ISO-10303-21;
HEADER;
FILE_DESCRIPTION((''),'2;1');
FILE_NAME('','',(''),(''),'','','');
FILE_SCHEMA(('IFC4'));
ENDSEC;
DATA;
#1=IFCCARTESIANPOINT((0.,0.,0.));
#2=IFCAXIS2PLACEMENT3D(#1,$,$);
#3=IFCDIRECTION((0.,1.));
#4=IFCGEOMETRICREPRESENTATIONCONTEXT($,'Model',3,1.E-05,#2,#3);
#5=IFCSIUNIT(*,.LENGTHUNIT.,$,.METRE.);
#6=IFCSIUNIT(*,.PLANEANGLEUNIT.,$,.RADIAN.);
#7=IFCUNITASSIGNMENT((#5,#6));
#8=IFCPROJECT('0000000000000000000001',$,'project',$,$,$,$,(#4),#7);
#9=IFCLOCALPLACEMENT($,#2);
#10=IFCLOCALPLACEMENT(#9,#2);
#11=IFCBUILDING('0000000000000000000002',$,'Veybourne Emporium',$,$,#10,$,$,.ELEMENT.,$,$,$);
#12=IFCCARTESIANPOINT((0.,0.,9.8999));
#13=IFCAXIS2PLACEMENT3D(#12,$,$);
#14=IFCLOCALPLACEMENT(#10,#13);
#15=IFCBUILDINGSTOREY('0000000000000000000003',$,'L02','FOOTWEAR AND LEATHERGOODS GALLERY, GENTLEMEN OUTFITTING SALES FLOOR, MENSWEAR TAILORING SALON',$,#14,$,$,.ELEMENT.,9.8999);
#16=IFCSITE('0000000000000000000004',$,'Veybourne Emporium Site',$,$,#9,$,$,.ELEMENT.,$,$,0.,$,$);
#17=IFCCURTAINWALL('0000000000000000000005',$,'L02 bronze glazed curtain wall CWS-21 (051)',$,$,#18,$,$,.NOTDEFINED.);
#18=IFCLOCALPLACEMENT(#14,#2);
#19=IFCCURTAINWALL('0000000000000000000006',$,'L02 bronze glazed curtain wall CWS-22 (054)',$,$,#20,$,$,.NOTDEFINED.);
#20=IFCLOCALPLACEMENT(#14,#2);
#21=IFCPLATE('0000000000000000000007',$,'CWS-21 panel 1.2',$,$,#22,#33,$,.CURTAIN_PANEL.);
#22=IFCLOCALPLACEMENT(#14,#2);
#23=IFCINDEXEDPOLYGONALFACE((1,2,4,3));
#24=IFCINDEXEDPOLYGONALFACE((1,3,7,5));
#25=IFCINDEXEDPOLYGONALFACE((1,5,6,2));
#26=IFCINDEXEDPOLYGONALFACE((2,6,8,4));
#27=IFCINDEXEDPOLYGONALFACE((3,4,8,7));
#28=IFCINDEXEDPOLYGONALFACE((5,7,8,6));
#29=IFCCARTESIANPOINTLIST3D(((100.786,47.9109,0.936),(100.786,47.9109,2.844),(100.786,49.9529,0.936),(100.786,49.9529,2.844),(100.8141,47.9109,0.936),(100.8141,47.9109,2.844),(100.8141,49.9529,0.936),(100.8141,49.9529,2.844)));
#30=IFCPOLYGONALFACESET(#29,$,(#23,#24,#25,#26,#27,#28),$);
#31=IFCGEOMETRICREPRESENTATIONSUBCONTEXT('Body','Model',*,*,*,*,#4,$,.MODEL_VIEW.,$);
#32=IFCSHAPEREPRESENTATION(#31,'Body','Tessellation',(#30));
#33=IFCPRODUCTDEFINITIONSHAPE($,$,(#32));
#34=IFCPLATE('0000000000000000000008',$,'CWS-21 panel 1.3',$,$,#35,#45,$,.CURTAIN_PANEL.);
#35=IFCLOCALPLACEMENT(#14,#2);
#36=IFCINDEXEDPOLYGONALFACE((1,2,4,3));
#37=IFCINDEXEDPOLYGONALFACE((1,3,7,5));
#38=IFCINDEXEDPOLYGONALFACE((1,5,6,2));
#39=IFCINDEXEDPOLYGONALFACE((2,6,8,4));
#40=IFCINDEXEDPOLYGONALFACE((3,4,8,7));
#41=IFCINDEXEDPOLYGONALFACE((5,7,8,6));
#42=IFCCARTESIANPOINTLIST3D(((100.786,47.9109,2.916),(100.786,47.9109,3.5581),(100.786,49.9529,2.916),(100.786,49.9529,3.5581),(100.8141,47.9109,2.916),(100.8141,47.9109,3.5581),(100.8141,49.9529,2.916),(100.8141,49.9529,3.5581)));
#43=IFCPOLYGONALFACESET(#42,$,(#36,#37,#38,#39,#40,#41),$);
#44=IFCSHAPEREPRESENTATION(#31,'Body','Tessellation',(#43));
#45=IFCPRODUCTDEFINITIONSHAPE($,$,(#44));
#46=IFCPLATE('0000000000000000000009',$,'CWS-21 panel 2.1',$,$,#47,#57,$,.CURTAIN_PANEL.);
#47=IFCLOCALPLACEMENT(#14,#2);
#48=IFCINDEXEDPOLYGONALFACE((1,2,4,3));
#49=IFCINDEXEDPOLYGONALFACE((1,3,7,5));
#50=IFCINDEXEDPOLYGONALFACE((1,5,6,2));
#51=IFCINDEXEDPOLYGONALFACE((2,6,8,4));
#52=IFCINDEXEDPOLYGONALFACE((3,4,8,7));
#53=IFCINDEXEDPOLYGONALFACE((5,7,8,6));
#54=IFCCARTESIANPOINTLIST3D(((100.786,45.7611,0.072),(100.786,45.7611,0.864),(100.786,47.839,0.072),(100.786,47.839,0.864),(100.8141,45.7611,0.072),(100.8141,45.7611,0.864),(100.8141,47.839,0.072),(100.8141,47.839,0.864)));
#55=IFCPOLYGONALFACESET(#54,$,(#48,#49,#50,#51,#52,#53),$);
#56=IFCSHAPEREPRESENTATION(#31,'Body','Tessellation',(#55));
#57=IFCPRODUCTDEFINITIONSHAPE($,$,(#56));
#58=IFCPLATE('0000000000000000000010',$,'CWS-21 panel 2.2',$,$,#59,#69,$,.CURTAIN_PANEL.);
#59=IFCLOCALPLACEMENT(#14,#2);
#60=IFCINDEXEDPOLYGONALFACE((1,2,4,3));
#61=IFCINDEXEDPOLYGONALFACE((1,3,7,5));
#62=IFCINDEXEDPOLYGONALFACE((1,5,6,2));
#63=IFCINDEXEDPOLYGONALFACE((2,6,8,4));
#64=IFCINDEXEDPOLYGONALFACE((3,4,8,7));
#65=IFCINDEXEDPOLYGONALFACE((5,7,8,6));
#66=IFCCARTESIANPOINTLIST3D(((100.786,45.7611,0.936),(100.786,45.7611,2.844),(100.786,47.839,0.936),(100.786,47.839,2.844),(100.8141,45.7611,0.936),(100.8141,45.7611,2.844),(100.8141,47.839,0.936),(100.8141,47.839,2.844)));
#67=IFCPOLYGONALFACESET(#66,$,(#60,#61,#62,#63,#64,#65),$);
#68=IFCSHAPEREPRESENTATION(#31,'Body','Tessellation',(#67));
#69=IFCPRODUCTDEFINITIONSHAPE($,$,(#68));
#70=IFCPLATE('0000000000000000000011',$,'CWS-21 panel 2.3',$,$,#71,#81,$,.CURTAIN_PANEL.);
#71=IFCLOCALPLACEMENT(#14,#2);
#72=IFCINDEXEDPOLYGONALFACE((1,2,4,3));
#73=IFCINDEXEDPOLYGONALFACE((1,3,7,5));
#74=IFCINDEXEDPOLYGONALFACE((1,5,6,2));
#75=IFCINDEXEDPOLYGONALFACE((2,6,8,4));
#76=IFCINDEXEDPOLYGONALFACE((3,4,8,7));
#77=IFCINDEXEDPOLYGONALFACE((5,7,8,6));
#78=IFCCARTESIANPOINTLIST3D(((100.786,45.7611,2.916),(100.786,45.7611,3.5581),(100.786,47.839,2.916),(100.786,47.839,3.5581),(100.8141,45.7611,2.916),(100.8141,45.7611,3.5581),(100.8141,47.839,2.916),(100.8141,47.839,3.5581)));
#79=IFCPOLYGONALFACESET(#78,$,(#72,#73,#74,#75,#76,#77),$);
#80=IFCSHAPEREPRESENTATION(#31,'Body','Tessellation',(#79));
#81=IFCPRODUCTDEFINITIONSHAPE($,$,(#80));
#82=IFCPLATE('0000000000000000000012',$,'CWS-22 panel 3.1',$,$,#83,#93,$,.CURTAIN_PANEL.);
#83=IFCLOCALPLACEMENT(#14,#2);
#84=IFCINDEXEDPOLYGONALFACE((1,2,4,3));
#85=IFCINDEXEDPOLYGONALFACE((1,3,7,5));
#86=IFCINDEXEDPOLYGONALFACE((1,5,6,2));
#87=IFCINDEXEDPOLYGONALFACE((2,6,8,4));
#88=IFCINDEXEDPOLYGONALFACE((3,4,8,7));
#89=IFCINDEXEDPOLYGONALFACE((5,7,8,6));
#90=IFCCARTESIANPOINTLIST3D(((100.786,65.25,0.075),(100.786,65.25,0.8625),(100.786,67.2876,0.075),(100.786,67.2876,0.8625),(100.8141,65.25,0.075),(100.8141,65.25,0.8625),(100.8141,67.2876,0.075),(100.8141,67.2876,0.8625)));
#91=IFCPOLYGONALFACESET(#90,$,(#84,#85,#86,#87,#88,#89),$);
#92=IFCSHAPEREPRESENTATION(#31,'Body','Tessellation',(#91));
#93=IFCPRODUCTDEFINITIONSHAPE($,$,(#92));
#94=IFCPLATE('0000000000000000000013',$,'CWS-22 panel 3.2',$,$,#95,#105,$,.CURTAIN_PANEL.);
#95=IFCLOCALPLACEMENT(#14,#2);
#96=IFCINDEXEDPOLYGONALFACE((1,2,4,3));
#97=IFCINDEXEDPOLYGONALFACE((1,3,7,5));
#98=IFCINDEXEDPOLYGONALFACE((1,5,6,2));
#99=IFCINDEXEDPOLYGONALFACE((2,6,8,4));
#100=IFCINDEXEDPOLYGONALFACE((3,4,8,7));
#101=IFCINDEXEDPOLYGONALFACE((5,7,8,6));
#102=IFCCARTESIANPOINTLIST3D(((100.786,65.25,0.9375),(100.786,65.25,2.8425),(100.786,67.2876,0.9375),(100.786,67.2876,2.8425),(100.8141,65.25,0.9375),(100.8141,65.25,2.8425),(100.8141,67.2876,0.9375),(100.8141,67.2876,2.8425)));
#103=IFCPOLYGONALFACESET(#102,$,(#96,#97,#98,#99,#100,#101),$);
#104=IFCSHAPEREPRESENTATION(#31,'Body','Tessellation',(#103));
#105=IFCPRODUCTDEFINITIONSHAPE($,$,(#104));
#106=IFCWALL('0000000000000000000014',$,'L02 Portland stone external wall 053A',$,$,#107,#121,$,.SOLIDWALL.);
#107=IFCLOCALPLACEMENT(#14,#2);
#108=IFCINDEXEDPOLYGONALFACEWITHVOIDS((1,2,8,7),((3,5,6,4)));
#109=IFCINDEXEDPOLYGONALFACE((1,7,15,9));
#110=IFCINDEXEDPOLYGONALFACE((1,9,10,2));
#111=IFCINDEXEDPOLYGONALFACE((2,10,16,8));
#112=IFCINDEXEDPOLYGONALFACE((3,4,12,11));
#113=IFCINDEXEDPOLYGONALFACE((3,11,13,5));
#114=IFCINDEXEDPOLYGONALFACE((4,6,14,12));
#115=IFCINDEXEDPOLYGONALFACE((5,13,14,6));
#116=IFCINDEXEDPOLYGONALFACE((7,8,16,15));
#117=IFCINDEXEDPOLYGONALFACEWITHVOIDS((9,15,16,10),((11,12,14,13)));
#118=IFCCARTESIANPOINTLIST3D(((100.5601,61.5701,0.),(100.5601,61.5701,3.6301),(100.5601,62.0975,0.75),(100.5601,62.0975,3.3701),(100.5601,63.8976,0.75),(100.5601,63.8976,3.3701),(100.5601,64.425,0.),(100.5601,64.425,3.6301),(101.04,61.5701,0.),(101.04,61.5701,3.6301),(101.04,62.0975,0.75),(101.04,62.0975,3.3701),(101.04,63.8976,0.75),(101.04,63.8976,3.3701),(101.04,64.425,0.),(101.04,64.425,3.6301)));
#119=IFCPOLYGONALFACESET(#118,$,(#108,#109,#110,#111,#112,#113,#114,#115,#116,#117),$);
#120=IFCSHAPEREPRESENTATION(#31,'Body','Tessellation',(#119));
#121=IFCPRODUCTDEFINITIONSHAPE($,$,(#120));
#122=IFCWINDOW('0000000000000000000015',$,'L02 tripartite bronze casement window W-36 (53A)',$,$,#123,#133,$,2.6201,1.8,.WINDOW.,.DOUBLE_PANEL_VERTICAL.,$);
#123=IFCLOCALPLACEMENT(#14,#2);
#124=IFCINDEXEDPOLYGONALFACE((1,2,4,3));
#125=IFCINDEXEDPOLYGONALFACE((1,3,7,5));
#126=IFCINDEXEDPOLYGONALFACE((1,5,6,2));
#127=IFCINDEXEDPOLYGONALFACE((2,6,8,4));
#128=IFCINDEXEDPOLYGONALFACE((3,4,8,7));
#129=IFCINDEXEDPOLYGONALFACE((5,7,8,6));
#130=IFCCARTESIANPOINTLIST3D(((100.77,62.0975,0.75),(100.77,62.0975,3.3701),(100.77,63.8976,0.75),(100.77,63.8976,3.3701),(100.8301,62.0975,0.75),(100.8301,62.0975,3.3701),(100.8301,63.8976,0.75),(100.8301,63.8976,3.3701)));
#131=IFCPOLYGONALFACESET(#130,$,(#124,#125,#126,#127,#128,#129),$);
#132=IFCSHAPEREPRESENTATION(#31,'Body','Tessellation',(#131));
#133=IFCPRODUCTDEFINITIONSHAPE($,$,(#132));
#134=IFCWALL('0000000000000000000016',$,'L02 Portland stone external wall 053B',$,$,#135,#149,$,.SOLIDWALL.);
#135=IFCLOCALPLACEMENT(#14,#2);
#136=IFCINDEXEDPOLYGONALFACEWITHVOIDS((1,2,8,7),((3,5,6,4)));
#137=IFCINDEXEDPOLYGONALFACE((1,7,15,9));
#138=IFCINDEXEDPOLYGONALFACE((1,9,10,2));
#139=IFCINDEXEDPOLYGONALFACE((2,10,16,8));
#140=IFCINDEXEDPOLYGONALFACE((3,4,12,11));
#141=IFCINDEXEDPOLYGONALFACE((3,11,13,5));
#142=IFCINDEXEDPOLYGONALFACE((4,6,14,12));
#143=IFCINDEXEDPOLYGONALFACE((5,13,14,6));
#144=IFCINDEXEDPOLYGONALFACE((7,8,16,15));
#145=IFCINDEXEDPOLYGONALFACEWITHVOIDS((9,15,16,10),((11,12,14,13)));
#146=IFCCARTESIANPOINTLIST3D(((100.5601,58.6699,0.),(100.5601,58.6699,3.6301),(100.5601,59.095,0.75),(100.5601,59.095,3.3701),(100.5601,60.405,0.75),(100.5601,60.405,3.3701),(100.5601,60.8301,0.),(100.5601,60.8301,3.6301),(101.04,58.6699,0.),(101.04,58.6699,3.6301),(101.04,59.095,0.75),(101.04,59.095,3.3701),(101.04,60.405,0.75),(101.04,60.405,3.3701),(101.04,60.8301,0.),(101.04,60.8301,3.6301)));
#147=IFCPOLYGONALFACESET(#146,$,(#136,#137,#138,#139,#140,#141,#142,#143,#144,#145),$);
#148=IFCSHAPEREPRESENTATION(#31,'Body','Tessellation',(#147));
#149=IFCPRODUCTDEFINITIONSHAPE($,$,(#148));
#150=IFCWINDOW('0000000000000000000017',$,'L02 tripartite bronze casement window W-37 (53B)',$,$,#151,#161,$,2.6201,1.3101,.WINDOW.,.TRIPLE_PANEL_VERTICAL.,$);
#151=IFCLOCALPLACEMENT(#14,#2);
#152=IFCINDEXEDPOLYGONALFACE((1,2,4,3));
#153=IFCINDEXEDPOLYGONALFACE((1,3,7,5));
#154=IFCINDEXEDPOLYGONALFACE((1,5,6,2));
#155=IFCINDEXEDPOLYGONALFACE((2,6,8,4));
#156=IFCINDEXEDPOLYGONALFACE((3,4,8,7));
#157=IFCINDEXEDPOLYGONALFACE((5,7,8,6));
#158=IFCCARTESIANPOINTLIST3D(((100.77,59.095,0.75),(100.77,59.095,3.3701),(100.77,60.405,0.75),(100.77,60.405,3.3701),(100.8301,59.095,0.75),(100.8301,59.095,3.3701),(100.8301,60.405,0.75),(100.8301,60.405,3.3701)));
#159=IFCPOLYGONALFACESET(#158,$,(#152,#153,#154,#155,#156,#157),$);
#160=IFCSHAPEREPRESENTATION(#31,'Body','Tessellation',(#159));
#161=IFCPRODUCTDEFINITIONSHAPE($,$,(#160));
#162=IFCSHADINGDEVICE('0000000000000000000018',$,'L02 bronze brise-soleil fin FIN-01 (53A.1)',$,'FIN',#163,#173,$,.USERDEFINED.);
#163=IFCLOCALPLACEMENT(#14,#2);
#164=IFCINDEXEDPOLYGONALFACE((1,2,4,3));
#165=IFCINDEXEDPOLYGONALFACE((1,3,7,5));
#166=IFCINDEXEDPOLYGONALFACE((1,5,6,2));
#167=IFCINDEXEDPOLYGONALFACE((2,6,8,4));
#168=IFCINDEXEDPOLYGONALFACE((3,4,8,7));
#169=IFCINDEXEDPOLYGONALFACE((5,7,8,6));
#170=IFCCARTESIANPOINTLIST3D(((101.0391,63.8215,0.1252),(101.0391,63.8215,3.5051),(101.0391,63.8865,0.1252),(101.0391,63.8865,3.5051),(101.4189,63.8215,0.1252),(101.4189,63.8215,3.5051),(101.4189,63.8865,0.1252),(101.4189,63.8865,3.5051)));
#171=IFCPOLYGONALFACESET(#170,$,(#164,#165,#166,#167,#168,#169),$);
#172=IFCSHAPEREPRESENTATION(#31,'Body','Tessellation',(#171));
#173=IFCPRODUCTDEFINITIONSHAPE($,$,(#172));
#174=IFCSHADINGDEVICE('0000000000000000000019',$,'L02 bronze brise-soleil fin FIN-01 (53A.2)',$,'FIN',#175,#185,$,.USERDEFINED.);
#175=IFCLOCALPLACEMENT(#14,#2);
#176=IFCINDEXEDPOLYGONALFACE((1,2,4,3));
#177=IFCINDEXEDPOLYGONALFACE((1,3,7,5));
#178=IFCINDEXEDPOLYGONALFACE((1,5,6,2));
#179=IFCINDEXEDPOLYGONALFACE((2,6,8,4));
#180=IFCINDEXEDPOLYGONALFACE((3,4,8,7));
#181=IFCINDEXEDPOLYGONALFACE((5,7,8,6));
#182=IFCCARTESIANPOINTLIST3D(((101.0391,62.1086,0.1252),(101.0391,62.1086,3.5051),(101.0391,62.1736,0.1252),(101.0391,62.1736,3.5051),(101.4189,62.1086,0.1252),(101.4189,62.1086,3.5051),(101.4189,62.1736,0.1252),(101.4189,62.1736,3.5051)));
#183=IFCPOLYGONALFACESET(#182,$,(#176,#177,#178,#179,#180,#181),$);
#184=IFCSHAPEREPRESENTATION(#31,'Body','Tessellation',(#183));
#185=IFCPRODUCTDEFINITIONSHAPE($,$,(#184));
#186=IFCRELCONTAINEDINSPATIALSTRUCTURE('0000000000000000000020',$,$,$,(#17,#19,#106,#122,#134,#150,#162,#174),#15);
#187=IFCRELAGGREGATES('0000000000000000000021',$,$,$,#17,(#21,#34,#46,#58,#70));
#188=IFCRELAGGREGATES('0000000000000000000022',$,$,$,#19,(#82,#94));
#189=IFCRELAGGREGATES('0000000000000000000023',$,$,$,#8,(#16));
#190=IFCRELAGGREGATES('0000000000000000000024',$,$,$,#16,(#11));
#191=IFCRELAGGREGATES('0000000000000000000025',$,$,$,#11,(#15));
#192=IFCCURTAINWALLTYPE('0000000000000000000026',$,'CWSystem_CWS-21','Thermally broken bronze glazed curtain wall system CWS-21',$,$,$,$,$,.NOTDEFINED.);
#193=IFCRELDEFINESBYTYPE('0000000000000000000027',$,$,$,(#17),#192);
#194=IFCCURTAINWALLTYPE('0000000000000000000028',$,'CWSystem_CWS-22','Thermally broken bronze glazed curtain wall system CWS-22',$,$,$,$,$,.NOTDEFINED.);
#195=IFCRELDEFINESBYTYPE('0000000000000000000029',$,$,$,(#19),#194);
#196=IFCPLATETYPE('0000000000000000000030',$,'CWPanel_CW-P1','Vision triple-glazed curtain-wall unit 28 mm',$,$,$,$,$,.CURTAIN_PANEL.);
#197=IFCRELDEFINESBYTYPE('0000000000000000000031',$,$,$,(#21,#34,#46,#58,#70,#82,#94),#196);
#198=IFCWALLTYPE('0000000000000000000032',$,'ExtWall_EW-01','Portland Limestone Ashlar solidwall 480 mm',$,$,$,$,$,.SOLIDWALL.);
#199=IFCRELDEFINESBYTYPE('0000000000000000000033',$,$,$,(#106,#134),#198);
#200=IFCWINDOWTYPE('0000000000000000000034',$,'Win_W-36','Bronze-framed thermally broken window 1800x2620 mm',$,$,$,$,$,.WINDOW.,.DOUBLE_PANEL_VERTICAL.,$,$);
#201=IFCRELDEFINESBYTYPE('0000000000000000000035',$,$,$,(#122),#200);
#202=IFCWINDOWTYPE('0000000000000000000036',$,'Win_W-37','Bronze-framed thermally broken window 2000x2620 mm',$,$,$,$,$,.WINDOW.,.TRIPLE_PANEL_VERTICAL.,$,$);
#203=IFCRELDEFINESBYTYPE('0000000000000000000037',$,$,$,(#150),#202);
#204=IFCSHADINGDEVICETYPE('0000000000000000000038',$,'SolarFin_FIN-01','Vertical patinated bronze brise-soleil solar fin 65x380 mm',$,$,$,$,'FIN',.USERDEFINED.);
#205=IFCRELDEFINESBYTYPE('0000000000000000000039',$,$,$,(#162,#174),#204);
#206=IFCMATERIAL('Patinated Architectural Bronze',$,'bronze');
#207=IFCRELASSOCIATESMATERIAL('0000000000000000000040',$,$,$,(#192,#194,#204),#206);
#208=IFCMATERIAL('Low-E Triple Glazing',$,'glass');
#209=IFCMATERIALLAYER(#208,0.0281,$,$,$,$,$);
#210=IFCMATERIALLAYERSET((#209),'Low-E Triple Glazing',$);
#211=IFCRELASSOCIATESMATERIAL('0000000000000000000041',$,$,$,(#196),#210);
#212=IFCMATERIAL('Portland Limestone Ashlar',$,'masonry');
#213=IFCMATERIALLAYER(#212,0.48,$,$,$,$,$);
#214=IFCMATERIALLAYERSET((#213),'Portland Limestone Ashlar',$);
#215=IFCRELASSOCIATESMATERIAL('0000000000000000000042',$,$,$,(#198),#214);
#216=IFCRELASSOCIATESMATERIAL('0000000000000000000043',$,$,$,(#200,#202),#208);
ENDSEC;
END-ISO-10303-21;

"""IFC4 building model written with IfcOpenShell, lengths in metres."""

from ifc_helpers import new_model, si_unit, direction, frame, frame_2d, origin, origin_2d, place, context, subcontext, project, spatial, rectangle, extrude, material, layer, layer_set, type_object, element, fill, aggregate, save


model = new_model("IFC4")

# Units and contexts
model_context = context("Model", 3, precision=1e-05, world=origin(), true_north=direction((0.0, 1.0)))
body_context = subcontext(model_context, "Body", "Model", "MODEL_VIEW")
ifc_project = project(units=[si_unit("LENGTHUNIT", "METRE"), si_unit("PLANEANGLEUNIT", "RADIAN")], contexts=[model_context])

# Site, building, storey
site_placement = place(None, origin())
site = spatial("IfcSite", under=ifc_project, at=site_placement, Name="Veybourne Emporium Site", CompositionType="ELEMENT", RefElevation=0.0)
building_placement = place(site_placement, origin())
building = spatial("IfcBuilding", under=site, at=building_placement, Name="Veybourne Emporium", CompositionType="ELEMENT")
storey_placement = place(building_placement, frame((0.0, 0.0, 9.8999)))
storey = spatial("IfcBuildingStorey", under=building, at=storey_placement, Name="L02", Description="FOOTWEAR AND LEATHERGOODS GALLERY, GENTLEMEN OUTFITTING SALES FLOOR, MENSWEAR TAILORING SALON", CompositionType="ELEMENT", Elevation=9.8999)

# Curtain wall
ifc_material_1 = material(Name="Patinated Architectural Bronze", Category="bronze")
curtain_wall_type_1 = type_object("IfcCurtainWallType", Name="CWSystem_CWS-21", Description="Thermally broken bronze glazed curtain wall system CWS-21", PredefinedType="NOTDEFINED", material=ifc_material_1)
curtain_wall_1_placement = place(storey_placement, origin())
curtain_wall_1 = element("IfcCurtainWall", 1, at=curtain_wall_1_placement, inside=storey, type_object=curtain_wall_type_1, Name="L02 bronze glazed curtain wall CWS-21 (051)", PredefinedType="NOTDEFINED")

# Curtain wall
curtain_wall_type_2 = type_object("IfcCurtainWallType", Name="CWSystem_CWS-22", Description="Thermally broken bronze glazed curtain wall system CWS-22", PredefinedType="NOTDEFINED", material=ifc_material_1)
curtain_wall_2_placement = place(storey_placement, origin())
curtain_wall_2 = element("IfcCurtainWall", 2, at=curtain_wall_2_placement, inside=storey, type_object=curtain_wall_type_2, Name="L02 bronze glazed curtain wall CWS-22 (054)", PredefinedType="NOTDEFINED")

# Plates
ifc_material_2 = material(Name="Low-E Triple Glazing", Category="glass")
ifc_layer_1 = layer(ifc_material_2, 0.0281)
ifc_layer_set_1 = layer_set([ifc_layer_1], Name="Low-E Triple Glazing")
plate_type = type_object("IfcPlateType", Name="CWPanel_CW-P1", Description="Vision triple-glazed curtain-wall unit 28 mm", PredefinedType="CURTAIN_PANEL", material=ifc_layer_set_1)
plate_1_placement = place(storey_placement, frame((100.8, 48.9319, 0.936), z_axis=(0.0, 0.0, 1.0), x_axis=(0.0, -1.0, 0.0)))
plate_1 = element("IfcPlate", 3, at=plate_1_placement, type_object=plate_type, Name="CWS-21 panel 1.2", PredefinedType="CURTAIN_PANEL", context=body_context, shape_type="SweptSolid", body=[
    extrude(rectangle(XDim=2.042, YDim=0.0281, at=origin_2d()), origin(), (0.0, 0.0, 1.0), 1.908),
])
plate_2_placement = place(storey_placement, frame((100.8, 48.9319, 2.916), z_axis=(0.0, 0.0, 1.0), x_axis=(0.0, -1.0, 0.0)))
plate_2 = element("IfcPlate", 4, at=plate_2_placement, type_object=plate_type, Name="CWS-21 panel 1.3", PredefinedType="CURTAIN_PANEL", context=body_context, shape_type="SweptSolid", body=[
    extrude(rectangle(XDim=2.042, YDim=0.0281, at=origin_2d()), origin(), (0.0, 0.0, 1.0), 0.6421),
])
plate_3_placement = place(storey_placement, frame((100.8, 46.8, 0.072), z_axis=(0.0, 0.0, 1.0), x_axis=(0.0, -1.0, 0.0)))
plate_3 = element("IfcPlate", 5, at=plate_3_placement, type_object=plate_type, Name="CWS-21 panel 2.1", PredefinedType="CURTAIN_PANEL", context=body_context, shape_type="SweptSolid", body=[
    extrude(rectangle(XDim=2.0779, YDim=0.0281, at=origin_2d()), origin(), (0.0, 0.0, 1.0), 0.792),
])
plate_4_placement = place(storey_placement, frame((100.8, 46.8, 0.936), z_axis=(0.0, 0.0, 1.0), x_axis=(0.0, -1.0, 0.0)))
plate_4 = element("IfcPlate", 6, at=plate_4_placement, type_object=plate_type, Name="CWS-21 panel 2.2", PredefinedType="CURTAIN_PANEL", context=body_context, shape_type="SweptSolid", body=[
    extrude(rectangle(XDim=2.0779, YDim=0.0281, at=origin_2d()), origin(), (0.0, 0.0, 1.0), 1.908),
])
plate_5_placement = place(storey_placement, frame((100.8, 46.8, 2.916), z_axis=(0.0, 0.0, 1.0), x_axis=(0.0, -1.0, 0.0)))
plate_5 = element("IfcPlate", 7, at=plate_5_placement, type_object=plate_type, Name="CWS-21 panel 2.3", PredefinedType="CURTAIN_PANEL", context=body_context, shape_type="SweptSolid", body=[
    extrude(rectangle(XDim=2.0779, YDim=0.0281, at=origin_2d()), origin(), (0.0, 0.0, 1.0), 0.6421),
])
aggregate(curtain_wall_1, [plate_1, plate_2, plate_3, plate_4, plate_5])
plate_6_placement = place(storey_placement, frame((100.8, 66.2688, 0.075), z_axis=(0.0, 0.0, 1.0), x_axis=(0.0, -1.0, 0.0)))
plate_6 = element("IfcPlate", 8, at=plate_6_placement, type_object=plate_type, Name="CWS-22 panel 3.1", PredefinedType="CURTAIN_PANEL", context=body_context, shape_type="SweptSolid", body=[
    extrude(rectangle(XDim=2.0376, YDim=0.0281, at=origin_2d()), origin(), (0.0, 0.0, 1.0), 0.7876),
])
plate_7_placement = place(storey_placement, frame((100.8, 66.2688, 0.9375), z_axis=(0.0, 0.0, 1.0), x_axis=(0.0, -1.0, 0.0)))
plate_7 = element("IfcPlate", 9, at=plate_7_placement, type_object=plate_type, Name="CWS-22 panel 3.2", PredefinedType="CURTAIN_PANEL", context=body_context, shape_type="SweptSolid", body=[
    extrude(rectangle(XDim=2.0376, YDim=0.0281, at=origin_2d()), origin(), (0.0, 0.0, 1.0), 1.905),
])
aggregate(curtain_wall_2, [plate_6, plate_7])

# Walls, openings, windows
ifc_material_3 = material(Name="Portland Limestone Ashlar", Category="masonry")
ifc_layer_2 = layer(ifc_material_3, 0.48)
ifc_layer_set_2 = layer_set([ifc_layer_2], Name="Portland Limestone Ashlar")
wall_type = type_object("IfcWallType", Name="ExtWall_EW-01", Description="Portland Limestone Ashlar solidwall 480 mm", PredefinedType="SOLIDWALL", material=ifc_layer_set_2)
wall_1_placement = place(storey_placement, frame((100.8, 64.425, 0.0), z_axis=(0.0, 0.0, 1.0), x_axis=(0.0, -1.0, 0.0)))
wall_1 = element("IfcWall", 10, at=wall_1_placement, inside=storey, type_object=wall_type, Name="L02 Portland stone external wall 053A", PredefinedType="SOLIDWALL", context=body_context, shape_type="SweptSolid", body=[
    extrude(rectangle(XDim=2.855, YDim=0.48, at=frame_2d((1.4275, 0.0))), origin(), (0.0, 0.0, 1.0), 3.6301),
])
opening_1_placement = place(wall_1_placement, frame((0.5276, 0.0, 0.75)))
opening_1 = element("IfcOpeningElement", 11, at=opening_1_placement, cuts=wall_1, PredefinedType="OPENING", context=body_context, shape_type="SweptSolid", body=[
    extrude(rectangle(XDim=1.8, YDim=2.6201, at=frame_2d((0.8999, 1.3101))), frame((0.0, 0.26, 0.0), z_axis=(0.0, -1.0, 0.0), x_axis=(1.0, 0.0, 0.0)), (0.0, 0.0, 1.0), 0.52),
])
window_type_1 = type_object("IfcWindowType", Name="Win_W-36", Description="Bronze-framed thermally broken window 1800x2620 mm", PartitioningType="DOUBLE_PANEL_VERTICAL", PredefinedType="WINDOW", material=ifc_material_2)
window_1_placement = place(opening_1_placement, origin())
window_1 = element("IfcWindow", 12, at=window_1_placement, inside=storey, type_object=window_type_1, Name="L02 tripartite bronze casement window W-36 (53A)", OverallHeight=2.6201, OverallWidth=1.8, PartitioningType="DOUBLE_PANEL_VERTICAL", PredefinedType="WINDOW", context=body_context, shape_type="SweptSolid", body=[
    extrude(rectangle(XDim=1.8, YDim=2.6201, at=frame_2d((0.8999, 1.3101))), frame((0.0, 0.03, 0.0), z_axis=(0.0, -1.0, 0.0), x_axis=(1.0, 0.0, 0.0)), (0.0, 0.0, 1.0), 0.0601),
])
fill(opening_1, window_1)
wall_2_placement = place(storey_placement, frame((100.8, 60.8301, 0.0), z_axis=(0.0, 0.0, 1.0), x_axis=(0.0, -1.0, 0.0)))
wall_2 = element("IfcWall", 13, at=wall_2_placement, inside=storey, type_object=wall_type, Name="L02 Portland stone external wall 053B", PredefinedType="SOLIDWALL", context=body_context, shape_type="SweptSolid", body=[
    extrude(rectangle(XDim=2.1602, YDim=0.48, at=frame_2d((1.0801, 0.0))), origin(), (0.0, 0.0, 1.0), 3.6301),
])
opening_2_placement = place(wall_2_placement, frame((0.425, 0.0, 0.75)))
opening_2 = element("IfcOpeningElement", 14, at=opening_2_placement, cuts=wall_2, PredefinedType="OPENING", context=body_context, shape_type="SweptSolid", body=[
    extrude(rectangle(XDim=1.3101, YDim=2.6201, at=frame_2d((0.655, 1.3101))), frame((0.0, 0.26, 0.0), z_axis=(0.0, -1.0, 0.0), x_axis=(1.0, 0.0, 0.0)), (0.0, 0.0, 1.0), 0.52),
])
window_type_2 = type_object("IfcWindowType", Name="Win_W-37", Description="Bronze-framed thermally broken window 2000x2620 mm", PartitioningType="TRIPLE_PANEL_VERTICAL", PredefinedType="WINDOW", material=ifc_material_2)
window_2_placement = place(opening_2_placement, origin())
window_2 = element("IfcWindow", 15, at=window_2_placement, inside=storey, type_object=window_type_2, Name="L02 tripartite bronze casement window W-37 (53B)", OverallHeight=2.6201, OverallWidth=1.3101, PartitioningType="TRIPLE_PANEL_VERTICAL", PredefinedType="WINDOW", context=body_context, shape_type="SweptSolid", body=[
    extrude(rectangle(XDim=1.3101, YDim=2.6201, at=frame_2d((0.655, 1.3101))), frame((0.0, 0.03, 0.0), z_axis=(0.0, -1.0, 0.0), x_axis=(1.0, 0.0, 0.0)), (0.0, 0.0, 1.0), 0.0601),
])
fill(opening_2, window_2)

# Shading devices
shading_device_type = type_object("IfcShadingDeviceType", Name="SolarFin_FIN-01", Description="Vertical patinated bronze brise-soleil solar fin 65x380 mm", ElementType="FIN", PredefinedType="USERDEFINED", material=ifc_material_1)
for number, where, z_axis, x_axis, name in (
    (16, (101.229, 63.854, 0.1252), (0.0, 0.0, 1.0), (0.0, -1.0, 0.0), "L02 bronze brise-soleil fin FIN-01 (53A.1)"),
    (17, (101.229, 62.1411, 0.1252), (0.0, 0.0, 1.0), (0.0, -1.0, 0.0), "L02 bronze brise-soleil fin FIN-01 (53A.2)"),
):
    element("IfcShadingDevice", number, at=place(storey_placement, frame(where, z_axis=z_axis, x_axis=x_axis)), inside=storey, type_object=shading_device_type, Name=name, ObjectType="FIN", PredefinedType="USERDEFINED", context=body_context, shape_type="SweptSolid", body=[
        extrude(rectangle(XDim=0.0649, YDim=0.3799, at=origin_2d()), origin(), (0.0, 0.0, 1.0), 3.3799),
    ])

save(model, "model.ifc")
